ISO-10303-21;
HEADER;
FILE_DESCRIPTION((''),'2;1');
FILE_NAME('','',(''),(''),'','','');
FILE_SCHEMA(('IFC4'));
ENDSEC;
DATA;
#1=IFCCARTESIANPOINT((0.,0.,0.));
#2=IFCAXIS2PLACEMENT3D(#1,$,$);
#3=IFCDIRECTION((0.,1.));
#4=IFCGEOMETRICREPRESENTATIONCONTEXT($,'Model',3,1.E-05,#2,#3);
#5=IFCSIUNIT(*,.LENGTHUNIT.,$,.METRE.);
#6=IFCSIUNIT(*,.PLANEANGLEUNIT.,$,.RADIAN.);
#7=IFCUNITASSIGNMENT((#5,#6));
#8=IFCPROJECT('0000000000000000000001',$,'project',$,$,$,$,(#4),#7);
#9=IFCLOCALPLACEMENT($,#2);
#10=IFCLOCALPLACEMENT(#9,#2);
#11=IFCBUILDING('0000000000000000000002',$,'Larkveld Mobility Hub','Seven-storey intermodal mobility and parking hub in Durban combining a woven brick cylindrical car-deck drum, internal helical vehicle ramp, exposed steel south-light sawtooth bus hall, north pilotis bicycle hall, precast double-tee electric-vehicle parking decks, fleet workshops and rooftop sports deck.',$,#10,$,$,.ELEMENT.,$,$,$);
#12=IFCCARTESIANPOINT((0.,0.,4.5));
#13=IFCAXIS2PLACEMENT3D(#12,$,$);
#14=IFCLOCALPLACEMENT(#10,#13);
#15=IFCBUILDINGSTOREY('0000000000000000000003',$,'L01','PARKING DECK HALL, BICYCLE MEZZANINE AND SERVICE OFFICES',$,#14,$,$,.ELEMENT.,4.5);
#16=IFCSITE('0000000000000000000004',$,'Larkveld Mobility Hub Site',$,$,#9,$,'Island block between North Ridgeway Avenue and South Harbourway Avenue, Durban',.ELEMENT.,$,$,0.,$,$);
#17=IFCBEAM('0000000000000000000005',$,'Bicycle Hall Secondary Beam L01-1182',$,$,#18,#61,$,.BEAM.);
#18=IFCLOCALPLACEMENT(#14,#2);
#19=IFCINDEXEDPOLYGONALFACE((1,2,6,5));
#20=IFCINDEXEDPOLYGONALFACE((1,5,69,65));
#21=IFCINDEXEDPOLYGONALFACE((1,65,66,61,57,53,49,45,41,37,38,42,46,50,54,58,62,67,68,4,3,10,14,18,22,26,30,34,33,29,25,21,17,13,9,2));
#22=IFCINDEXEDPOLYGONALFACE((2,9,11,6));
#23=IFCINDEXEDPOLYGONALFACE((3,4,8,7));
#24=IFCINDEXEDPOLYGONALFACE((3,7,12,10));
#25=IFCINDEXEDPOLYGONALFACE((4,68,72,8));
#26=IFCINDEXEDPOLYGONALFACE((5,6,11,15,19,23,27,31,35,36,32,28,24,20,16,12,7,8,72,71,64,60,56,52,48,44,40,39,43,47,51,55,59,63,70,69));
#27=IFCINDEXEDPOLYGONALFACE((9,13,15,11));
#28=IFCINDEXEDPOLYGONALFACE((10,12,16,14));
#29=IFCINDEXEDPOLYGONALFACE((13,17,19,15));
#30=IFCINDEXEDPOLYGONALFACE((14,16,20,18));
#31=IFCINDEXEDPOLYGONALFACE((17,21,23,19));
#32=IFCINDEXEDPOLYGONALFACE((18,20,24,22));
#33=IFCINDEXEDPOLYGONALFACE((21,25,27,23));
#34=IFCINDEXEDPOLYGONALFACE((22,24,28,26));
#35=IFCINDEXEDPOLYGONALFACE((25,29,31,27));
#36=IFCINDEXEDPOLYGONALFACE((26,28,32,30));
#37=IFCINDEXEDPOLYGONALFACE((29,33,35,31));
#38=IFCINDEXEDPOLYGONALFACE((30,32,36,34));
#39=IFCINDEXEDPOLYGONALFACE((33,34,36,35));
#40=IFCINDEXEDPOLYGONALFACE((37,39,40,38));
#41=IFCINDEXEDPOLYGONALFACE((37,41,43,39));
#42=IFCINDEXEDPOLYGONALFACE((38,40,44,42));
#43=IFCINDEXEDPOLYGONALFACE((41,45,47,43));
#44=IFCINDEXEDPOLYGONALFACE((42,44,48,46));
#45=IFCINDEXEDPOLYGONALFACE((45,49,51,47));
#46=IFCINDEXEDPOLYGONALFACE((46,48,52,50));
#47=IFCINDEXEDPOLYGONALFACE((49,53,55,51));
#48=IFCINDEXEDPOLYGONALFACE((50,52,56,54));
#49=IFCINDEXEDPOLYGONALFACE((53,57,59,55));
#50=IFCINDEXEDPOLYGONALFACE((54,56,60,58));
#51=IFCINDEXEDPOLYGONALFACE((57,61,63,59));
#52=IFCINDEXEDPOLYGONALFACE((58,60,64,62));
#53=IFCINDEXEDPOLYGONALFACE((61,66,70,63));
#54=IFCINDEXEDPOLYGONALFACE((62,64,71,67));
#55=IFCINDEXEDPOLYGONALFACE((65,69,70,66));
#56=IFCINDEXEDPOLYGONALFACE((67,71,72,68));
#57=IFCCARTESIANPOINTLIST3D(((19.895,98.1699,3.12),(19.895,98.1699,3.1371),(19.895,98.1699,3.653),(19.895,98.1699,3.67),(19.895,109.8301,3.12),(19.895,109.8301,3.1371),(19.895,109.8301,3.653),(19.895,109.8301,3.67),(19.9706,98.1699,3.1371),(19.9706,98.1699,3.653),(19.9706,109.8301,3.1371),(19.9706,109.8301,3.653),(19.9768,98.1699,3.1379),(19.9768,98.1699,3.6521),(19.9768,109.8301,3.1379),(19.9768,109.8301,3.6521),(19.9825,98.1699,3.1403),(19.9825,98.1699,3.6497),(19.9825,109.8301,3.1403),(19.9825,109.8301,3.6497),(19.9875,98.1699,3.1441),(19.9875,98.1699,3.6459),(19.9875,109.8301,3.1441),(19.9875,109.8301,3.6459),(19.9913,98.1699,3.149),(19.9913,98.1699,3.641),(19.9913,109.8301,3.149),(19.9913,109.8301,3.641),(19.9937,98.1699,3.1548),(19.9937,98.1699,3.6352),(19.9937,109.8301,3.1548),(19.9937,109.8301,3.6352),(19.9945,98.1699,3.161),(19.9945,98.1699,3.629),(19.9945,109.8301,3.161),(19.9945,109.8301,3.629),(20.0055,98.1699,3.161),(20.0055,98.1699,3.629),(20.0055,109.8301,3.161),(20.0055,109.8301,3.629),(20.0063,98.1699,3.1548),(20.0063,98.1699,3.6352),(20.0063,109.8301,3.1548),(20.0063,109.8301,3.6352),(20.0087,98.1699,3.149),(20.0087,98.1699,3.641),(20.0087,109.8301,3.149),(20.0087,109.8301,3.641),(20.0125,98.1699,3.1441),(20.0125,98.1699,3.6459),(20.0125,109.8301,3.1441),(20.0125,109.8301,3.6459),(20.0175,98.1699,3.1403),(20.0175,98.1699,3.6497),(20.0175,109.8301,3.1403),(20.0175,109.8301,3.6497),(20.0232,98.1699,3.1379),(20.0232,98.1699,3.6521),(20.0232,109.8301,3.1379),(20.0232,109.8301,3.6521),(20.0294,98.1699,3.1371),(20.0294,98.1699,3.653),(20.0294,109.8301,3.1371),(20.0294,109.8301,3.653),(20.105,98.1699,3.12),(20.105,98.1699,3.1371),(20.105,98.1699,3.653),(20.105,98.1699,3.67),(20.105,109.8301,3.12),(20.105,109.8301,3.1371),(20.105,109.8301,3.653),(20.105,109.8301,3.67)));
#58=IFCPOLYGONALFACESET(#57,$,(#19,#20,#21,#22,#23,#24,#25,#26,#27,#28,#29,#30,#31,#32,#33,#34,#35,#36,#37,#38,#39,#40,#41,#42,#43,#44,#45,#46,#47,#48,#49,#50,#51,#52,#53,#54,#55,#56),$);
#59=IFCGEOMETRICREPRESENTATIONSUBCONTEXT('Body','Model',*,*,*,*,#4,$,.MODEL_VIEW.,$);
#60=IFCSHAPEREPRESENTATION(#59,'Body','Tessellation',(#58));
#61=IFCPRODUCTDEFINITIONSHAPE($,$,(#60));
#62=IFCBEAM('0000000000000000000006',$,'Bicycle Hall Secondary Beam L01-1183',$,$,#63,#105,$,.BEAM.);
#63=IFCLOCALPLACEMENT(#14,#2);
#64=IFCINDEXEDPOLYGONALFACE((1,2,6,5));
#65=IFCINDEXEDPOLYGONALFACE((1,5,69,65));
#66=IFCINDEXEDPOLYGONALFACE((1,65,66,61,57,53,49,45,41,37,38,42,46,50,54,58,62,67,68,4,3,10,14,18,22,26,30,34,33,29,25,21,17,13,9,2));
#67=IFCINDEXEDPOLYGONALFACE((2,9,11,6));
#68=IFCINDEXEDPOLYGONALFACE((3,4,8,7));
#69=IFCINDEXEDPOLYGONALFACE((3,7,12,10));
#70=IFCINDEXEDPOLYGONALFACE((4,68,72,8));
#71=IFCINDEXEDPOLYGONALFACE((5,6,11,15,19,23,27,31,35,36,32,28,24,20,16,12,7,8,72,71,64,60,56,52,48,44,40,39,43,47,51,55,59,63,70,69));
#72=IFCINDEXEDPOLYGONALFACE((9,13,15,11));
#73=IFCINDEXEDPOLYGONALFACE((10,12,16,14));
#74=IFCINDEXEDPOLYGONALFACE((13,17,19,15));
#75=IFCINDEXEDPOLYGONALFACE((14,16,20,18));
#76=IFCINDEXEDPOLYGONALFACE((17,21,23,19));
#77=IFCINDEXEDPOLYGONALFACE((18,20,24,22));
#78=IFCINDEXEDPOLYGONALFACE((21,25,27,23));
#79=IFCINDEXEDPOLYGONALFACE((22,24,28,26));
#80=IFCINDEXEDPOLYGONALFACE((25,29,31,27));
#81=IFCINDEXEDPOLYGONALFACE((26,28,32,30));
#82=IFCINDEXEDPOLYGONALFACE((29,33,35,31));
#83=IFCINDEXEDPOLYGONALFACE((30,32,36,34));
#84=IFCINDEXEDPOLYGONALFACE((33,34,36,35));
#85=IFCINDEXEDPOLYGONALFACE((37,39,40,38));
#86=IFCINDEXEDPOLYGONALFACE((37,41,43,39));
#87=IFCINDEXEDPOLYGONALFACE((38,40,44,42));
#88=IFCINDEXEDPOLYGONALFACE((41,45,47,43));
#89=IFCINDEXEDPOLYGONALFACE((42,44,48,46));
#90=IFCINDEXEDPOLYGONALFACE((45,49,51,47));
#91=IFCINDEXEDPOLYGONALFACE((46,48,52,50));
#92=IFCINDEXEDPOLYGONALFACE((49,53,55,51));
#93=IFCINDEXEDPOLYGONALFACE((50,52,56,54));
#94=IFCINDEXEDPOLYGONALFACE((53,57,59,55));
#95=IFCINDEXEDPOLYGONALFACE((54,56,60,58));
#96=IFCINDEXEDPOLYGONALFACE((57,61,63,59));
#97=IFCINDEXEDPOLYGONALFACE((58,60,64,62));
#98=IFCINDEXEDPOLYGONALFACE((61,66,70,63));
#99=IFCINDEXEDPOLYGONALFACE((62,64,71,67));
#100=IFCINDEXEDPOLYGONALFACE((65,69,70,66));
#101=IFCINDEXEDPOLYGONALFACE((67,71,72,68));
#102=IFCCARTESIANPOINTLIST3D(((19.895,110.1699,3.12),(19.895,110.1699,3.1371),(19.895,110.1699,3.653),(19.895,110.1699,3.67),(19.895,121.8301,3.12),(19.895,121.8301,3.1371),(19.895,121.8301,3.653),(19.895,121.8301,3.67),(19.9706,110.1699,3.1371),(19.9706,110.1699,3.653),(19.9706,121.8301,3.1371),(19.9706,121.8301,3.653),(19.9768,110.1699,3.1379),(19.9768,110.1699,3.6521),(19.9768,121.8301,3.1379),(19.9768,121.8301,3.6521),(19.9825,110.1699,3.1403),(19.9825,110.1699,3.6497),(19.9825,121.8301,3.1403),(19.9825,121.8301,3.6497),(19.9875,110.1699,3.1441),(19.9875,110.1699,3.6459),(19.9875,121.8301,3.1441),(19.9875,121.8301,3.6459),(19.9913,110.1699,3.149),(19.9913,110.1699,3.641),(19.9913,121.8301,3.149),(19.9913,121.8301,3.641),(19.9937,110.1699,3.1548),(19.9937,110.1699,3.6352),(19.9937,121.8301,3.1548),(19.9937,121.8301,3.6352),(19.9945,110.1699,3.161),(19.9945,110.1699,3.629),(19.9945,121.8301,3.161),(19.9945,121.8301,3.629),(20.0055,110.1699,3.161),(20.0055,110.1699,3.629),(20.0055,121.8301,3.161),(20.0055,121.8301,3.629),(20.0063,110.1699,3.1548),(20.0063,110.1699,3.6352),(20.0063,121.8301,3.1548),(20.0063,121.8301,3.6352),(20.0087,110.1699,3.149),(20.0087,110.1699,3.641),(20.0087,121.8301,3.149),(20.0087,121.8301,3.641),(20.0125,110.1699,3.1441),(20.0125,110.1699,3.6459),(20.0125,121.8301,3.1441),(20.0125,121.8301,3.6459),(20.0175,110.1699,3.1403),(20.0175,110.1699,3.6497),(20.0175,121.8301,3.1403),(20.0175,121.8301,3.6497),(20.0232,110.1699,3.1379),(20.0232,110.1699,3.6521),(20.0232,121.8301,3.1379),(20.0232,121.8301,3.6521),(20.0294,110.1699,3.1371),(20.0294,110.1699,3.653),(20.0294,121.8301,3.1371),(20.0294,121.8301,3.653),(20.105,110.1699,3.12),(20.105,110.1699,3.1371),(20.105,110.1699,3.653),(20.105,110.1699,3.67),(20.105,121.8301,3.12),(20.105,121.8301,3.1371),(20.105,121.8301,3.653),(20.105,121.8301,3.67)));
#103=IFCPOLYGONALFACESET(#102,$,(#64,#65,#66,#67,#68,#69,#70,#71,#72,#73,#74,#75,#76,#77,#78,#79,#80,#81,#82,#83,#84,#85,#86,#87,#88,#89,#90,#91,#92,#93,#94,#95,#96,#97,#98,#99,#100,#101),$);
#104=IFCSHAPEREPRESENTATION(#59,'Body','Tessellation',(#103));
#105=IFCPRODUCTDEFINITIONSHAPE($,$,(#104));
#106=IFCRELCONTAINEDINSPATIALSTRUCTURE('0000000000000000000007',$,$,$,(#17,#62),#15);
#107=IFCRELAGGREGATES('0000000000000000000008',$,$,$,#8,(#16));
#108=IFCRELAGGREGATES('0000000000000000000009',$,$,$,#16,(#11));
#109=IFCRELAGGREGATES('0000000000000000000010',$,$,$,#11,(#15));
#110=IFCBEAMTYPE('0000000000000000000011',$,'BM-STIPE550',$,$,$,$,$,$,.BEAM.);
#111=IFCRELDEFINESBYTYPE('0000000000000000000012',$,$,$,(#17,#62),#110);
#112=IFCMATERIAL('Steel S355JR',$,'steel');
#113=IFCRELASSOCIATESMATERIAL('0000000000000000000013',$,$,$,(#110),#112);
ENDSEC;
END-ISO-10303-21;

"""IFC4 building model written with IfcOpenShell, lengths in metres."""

from ifc_helpers import new_model, si_unit, direction, frame, origin, origin_2d, place, context, subcontext, project, spatial, i_section, extrude, material, material_profile, profile_set, type_object, element, save


model = new_model("IFC4")

# Units and contexts
model_context = context("Model", 3, precision=1e-05, world=origin(), true_north=direction((0.0, 1.0)))
body_context = subcontext(model_context, "Body", "Model", "MODEL_VIEW")
ifc_project = project(units=[si_unit("LENGTHUNIT", "METRE"), si_unit("PLANEANGLEUNIT", "RADIAN")], contexts=[model_context])

# Site, building, storey
site_placement = place(None, origin())
site = spatial("IfcSite", under=ifc_project, at=site_placement, Name="Larkveld Mobility Hub Site", LongName="Island block between North Ridgeway Avenue and South Harbourway Avenue, Durban", CompositionType="ELEMENT", RefElevation=0.0)
building_placement = place(site_placement, origin())
building = spatial("IfcBuilding", under=site, at=building_placement, Name="Larkveld Mobility Hub", Description="Seven-storey intermodal mobility and parking hub in Durban combining a woven brick cylindrical car-deck drum, internal helical vehicle ramp, exposed steel south-light sawtooth bus hall, north pilotis bicycle hall, precast double-tee electric-vehicle parking decks, fleet workshops and rooftop sports deck.", CompositionType="ELEMENT")
storey_placement = place(building_placement, frame((0.0, 0.0, 4.5)))
storey = spatial("IfcBuildingStorey", under=building, at=storey_placement, Name="L01", Description="PARKING DECK HALL, BICYCLE MEZZANINE AND SERVICE OFFICES", CompositionType="ELEMENT", Elevation=4.5)

# Beams
ifc_material_1 = material(Name="Steel S355JR", Category="steel")
ifc_material_profile_1 = material_profile(ifc_material_1, i_section(OverallWidth=0.21, OverallDepth=0.55, WebThickness=0.011, FlangeThickness=0.0171, FilletRadius=0.0239, at=origin_2d()), Name="IPE 550")
ifc_profile_set_1 = profile_set([ifc_material_profile_1], Name="Steel S355JR")
beam_type_1 = type_object("IfcBeamType", Name="BM-STIPE550", PredefinedType="BEAM", material=ifc_profile_set_1)
for number, where, z_axis, x_axis, name in (
    (1, (20.0, 98.1699, 3.395), (0.0, 1.0, 0.0), (-1.0, 0.0, 0.0), "Bicycle Hall Secondary Beam L01-1182"),
    (2, (20.0, 110.1699, 3.395), (0.0, 1.0, 0.0), (-1.0, 0.0, 0.0), "Bicycle Hall Secondary Beam L01-1183"),
):
    element("IfcBeam", number, at=place(storey_placement, frame(where, z_axis=z_axis, x_axis=x_axis)), inside=storey, type_object=beam_type_1, Name=name, PredefinedType="BEAM", context=body_context, shape_type="SweptSolid", body=[
        extrude(i_section(OverallWidth=0.21, OverallDepth=0.55, WebThickness=0.011, FlangeThickness=0.0171, FilletRadius=0.0239, at=origin_2d()), origin(), (0.0, 0.0, 1.0), 11.6602),
    ])

save(model, "model.ifc")
